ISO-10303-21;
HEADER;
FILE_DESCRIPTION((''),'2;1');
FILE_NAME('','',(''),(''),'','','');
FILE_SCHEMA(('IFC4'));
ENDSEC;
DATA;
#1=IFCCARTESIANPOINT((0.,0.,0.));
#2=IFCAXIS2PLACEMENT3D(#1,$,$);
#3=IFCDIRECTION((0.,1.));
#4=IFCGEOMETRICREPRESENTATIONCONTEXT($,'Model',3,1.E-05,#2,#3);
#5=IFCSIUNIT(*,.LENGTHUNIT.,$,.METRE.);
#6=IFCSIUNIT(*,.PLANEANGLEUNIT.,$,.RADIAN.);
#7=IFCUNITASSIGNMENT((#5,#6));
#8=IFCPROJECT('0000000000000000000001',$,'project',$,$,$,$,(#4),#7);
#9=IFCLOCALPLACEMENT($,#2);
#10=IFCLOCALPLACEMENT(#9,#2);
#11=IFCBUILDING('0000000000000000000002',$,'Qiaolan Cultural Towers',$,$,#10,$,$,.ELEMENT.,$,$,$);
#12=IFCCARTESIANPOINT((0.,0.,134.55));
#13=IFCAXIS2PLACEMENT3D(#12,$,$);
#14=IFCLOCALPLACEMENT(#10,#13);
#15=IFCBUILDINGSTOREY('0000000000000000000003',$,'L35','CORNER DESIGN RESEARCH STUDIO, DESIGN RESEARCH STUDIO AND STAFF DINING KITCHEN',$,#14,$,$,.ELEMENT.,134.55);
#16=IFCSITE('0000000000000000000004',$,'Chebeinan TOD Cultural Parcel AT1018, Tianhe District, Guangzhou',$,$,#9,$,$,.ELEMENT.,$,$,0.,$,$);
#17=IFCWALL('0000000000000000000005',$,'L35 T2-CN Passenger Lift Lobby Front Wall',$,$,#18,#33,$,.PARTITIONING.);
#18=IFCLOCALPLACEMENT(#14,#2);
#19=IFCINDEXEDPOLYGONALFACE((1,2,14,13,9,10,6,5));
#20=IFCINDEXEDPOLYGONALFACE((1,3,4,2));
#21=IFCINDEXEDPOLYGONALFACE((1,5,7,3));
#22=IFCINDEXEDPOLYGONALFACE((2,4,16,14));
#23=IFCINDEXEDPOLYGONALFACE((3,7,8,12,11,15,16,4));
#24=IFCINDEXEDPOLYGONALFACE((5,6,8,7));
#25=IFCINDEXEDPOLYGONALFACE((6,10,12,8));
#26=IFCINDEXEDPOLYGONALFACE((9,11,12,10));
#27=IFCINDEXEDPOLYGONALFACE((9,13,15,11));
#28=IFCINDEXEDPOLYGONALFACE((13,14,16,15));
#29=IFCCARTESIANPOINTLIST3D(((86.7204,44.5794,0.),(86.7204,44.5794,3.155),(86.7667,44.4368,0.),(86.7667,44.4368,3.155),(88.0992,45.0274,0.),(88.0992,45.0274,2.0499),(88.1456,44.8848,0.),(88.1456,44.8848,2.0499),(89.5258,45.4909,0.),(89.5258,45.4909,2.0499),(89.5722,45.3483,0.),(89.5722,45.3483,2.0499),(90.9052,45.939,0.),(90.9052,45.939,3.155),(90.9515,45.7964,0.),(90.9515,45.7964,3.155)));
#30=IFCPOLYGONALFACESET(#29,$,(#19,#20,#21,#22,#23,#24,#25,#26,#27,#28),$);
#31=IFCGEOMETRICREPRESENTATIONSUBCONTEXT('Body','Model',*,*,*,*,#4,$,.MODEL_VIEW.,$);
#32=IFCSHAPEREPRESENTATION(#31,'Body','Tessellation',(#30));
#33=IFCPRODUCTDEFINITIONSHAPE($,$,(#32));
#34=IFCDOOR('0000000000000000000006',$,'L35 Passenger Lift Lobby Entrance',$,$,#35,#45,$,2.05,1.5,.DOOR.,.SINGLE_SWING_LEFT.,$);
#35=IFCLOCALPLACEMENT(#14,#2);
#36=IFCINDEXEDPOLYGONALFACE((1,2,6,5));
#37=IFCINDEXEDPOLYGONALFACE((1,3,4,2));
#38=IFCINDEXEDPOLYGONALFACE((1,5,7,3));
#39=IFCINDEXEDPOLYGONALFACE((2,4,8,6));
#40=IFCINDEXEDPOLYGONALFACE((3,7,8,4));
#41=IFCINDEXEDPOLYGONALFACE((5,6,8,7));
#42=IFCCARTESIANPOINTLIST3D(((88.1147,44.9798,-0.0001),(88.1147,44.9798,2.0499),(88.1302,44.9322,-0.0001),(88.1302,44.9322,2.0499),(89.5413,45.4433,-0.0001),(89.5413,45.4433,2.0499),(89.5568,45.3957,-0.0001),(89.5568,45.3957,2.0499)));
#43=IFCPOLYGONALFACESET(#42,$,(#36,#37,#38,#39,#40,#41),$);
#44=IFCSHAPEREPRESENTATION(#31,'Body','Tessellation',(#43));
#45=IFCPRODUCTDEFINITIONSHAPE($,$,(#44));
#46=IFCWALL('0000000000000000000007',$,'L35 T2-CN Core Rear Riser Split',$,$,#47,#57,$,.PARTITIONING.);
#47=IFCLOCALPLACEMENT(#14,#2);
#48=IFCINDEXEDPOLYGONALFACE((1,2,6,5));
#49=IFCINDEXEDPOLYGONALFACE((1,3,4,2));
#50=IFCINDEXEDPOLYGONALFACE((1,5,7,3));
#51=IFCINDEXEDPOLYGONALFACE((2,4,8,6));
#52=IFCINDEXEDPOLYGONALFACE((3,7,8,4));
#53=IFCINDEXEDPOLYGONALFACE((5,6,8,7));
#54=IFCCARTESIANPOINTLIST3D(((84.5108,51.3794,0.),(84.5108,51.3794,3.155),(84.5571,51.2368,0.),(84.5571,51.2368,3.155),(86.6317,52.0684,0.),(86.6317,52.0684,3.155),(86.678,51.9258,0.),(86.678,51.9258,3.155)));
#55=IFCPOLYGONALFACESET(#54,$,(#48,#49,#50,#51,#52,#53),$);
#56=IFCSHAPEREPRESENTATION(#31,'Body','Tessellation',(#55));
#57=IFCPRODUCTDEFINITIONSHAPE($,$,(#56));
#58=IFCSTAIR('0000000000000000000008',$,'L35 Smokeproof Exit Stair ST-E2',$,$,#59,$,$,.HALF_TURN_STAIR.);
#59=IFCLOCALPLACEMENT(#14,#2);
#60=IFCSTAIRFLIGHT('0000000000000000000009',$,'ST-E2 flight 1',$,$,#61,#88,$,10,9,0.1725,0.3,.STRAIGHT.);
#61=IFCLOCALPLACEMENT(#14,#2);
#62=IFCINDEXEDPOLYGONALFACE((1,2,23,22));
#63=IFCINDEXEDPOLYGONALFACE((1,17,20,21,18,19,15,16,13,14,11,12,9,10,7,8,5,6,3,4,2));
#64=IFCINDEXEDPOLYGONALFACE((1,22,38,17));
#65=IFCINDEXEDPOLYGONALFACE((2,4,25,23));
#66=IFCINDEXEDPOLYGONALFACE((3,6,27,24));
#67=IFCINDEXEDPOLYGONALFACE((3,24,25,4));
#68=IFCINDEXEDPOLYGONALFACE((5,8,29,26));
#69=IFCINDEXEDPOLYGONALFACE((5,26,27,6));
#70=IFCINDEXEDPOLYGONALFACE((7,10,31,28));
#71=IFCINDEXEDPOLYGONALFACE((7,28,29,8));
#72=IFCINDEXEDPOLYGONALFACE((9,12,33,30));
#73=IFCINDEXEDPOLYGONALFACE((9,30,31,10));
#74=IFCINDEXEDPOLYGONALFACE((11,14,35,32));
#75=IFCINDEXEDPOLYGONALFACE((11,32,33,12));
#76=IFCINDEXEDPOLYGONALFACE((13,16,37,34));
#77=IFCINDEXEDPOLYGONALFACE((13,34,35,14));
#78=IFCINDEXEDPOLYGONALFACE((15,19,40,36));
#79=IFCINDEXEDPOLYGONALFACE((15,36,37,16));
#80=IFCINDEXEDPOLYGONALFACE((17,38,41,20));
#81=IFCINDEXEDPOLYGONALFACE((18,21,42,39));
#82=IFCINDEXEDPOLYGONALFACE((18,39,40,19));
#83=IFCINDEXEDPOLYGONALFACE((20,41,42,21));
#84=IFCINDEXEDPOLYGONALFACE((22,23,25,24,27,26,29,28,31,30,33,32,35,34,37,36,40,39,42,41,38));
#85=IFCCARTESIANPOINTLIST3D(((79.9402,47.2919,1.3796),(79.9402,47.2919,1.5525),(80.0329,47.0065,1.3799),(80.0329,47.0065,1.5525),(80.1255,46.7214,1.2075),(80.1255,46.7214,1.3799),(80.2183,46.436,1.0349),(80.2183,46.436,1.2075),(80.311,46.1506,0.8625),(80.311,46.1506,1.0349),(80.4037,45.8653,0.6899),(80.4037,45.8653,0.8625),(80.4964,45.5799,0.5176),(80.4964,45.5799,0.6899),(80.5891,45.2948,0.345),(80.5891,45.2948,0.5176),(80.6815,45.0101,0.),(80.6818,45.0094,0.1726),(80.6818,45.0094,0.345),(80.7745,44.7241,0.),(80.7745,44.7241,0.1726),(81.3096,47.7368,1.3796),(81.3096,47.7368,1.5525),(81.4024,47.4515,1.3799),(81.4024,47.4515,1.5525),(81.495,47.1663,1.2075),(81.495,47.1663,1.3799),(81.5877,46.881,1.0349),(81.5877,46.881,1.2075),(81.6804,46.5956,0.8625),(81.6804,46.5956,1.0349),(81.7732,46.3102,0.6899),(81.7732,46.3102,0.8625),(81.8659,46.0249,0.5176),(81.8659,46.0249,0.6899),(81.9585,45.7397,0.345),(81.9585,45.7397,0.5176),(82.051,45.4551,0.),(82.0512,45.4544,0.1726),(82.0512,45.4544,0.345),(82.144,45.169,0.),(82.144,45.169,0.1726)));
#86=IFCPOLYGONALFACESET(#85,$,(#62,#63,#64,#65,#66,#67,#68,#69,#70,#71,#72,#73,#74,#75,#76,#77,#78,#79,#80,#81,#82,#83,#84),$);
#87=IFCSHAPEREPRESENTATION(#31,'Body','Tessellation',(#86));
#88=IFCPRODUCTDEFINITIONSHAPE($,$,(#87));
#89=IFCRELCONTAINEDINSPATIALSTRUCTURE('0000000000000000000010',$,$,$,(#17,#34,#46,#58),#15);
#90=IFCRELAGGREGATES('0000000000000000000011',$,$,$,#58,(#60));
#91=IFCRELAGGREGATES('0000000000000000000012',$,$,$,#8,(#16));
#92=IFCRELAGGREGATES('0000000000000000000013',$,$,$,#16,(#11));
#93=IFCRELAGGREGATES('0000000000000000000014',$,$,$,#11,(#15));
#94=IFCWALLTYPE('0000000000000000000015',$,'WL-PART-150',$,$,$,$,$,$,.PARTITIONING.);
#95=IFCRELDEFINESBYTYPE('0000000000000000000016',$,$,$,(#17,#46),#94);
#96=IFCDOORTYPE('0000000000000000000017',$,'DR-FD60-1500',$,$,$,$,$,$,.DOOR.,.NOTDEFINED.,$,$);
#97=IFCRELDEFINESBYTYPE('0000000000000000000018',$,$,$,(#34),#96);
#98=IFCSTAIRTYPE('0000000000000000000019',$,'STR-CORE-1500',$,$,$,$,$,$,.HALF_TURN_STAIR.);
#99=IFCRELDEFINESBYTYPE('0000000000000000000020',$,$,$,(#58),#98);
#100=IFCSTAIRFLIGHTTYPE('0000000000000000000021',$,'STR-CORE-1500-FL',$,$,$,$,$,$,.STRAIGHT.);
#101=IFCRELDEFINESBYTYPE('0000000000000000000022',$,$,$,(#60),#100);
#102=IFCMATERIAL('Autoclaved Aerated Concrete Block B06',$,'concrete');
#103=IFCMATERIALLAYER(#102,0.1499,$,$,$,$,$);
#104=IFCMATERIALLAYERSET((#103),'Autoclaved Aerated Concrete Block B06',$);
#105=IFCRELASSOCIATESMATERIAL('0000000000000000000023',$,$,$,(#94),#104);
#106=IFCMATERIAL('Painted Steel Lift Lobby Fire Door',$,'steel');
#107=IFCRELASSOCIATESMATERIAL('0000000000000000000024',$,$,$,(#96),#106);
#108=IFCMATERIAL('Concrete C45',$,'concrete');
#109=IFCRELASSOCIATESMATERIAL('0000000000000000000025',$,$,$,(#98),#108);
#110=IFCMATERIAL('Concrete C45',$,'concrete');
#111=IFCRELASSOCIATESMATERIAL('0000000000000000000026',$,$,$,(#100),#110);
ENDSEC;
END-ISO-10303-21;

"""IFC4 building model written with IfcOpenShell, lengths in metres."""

from ifc_helpers import new_model, si_unit, direction, frame, frame_2d, origin, place, context, subcontext, project, spatial, polyline, rectangle, outline, extrude, material, layer, layer_set, type_object, element, fill, aggregate, save


model = new_model("IFC4")

# Units and contexts
model_context = context("Model", 3, precision=1e-05, world=origin(), true_north=direction((0.0, 1.0)))
body_context = subcontext(model_context, "Body", "Model", "MODEL_VIEW")
ifc_project = project(units=[si_unit("LENGTHUNIT", "METRE"), si_unit("PLANEANGLEUNIT", "RADIAN")], contexts=[model_context])

# Site, building, storey
site_placement = place(None, origin())
site = spatial("IfcSite", under=ifc_project, at=site_placement, Name="Chebeinan TOD Cultural Parcel AT1018, Tianhe District, Guangzhou", CompositionType="ELEMENT", RefElevation=0.0)
building_placement = place(site_placement, origin())
building = spatial("IfcBuilding", under=site, at=building_placement, Name="Qiaolan Cultural Towers", CompositionType="ELEMENT")
storey_placement = place(building_placement, frame((0.0, 0.0, 134.55)))
storey = spatial("IfcBuildingStorey", under=building, at=storey_placement, Name="L35", Description="CORNER DESIGN RESEARCH STUDIO, DESIGN RESEARCH STUDIO AND STAFF DINING KITCHEN", CompositionType="ELEMENT", Elevation=134.55)

# Wall, opening, door
ifc_material_1 = material(Name="Autoclaved Aerated Concrete Block B06", Category="concrete")
ifc_layer_1 = layer(ifc_material_1, 0.1499)
ifc_layer_set_1 = layer_set([ifc_layer_1], Name="Autoclaved Aerated Concrete Block B06")
wall_type_1 = type_object("IfcWallType", Name="WL-PART-150", PredefinedType="PARTITIONING", material=ifc_layer_set_1)
wall_1_placement = place(storey_placement, frame((86.7434, 44.5081, 0.0), z_axis=(0.0, 0.0, 1.0), x_axis=(0.951064, 0.308994, 0.0)))
wall_1 = element("IfcWall", 1, at=wall_1_placement, inside=storey, type_object=wall_type_1, Name="L35 T2-CN Passenger Lift Lobby Front Wall", PredefinedType="PARTITIONING", context=body_context, shape_type="SweptSolid", body=[
    extrude(rectangle(XDim=4.4001, YDim=0.1499, at=frame_2d((2.2002, 0.0))), origin(), (0.0, 0.0, 1.0), 3.155),
])
opening_1_placement = place(wall_1_placement, frame((1.45, 0.0, 0.0)))
opening_1 = element("IfcOpeningElement", 2, at=opening_1_placement, cuts=wall_1, PredefinedType="OPENING", context=body_context, shape_type="SweptSolid", body=[
    extrude(rectangle(XDim=1.5, YDim=2.05, at=frame_2d((0.75, 1.0249))), frame((0.0, 0.085, 0.0), z_axis=(0.0, -1.0, 0.0), x_axis=(1.0, 0.0, 0.0)), (0.0, 0.0, 1.0), 0.1699),
])
ifc_material_2 = material(Name="Painted Steel Lift Lobby Fire Door", Category="steel")
door_type_1 = type_object("IfcDoorType", Name="DR-FD60-1500", OperationType="NOTDEFINED", PredefinedType="DOOR", material=ifc_material_2)
door_1_placement = place(opening_1_placement, origin())
door_1 = element("IfcDoor", 3, at=door_1_placement, inside=storey, type_object=door_type_1, Name="L35 Passenger Lift Lobby Entrance", OperationType="SINGLE_SWING_LEFT", OverallHeight=2.05, OverallWidth=1.5, PredefinedType="DOOR", context=body_context, shape_type="SweptSolid", body=[
    extrude(rectangle(XDim=1.5, YDim=2.05, at=frame_2d((0.75, 1.0249))), frame((0.0, 0.0249, 0.0), z_axis=(0.0, -1.0, 0.0), x_axis=(1.0, 0.0, 0.0)), (0.0, 0.0, 1.0), 0.05),
])
fill(opening_1, door_1)

# Wall
wall_2_placement = place(storey_placement, frame((84.5339, 51.3081, 0.0), z_axis=(0.0, 0.0, 1.0), x_axis=(0.951075, 0.30896, 0.0)))
element("IfcWall", 4, at=wall_2_placement, inside=storey, type_object=wall_type_1, Name="L35 T2-CN Core Rear Riser Split", PredefinedType="PARTITIONING", context=body_context, shape_type="SweptSolid", body=[
    extrude(rectangle(XDim=2.23, YDim=0.1499, at=frame_2d((1.115, 0.0))), origin(), (0.0, 0.0, 1.0), 3.155),
])

# Stair, stair flight
ifc_material_3 = material(Name="Concrete C45", Category="concrete")
stair_type = type_object("IfcStairType", Name="STR-CORE-1500", PredefinedType="HALF_TURN_STAIR", material=ifc_material_3)
stair_placement = place(storey_placement, origin())
stair = element("IfcStair", 5, at=stair_placement, inside=storey, type_object=stair_type, Name="L35 Smokeproof Exit Stair ST-E2", PredefinedType="HALF_TURN_STAIR")
ifc_material_4 = material(Name="Concrete C45", Category="concrete")
stair_flight_type = type_object("IfcStairFlightType", Name="STR-CORE-1500-FL", PredefinedType="STRAIGHT", material=ifc_material_4)
stair_flight_placement = place(storey_placement, frame((81.4592, 44.9465, 0.0), z_axis=(0.0, 0.0, 1.0), x_axis=(-0.309017, 0.951057, 0.0)))
stair_flight = element("IfcStairFlight", 6, at=stair_flight_placement, type_object=stair_flight_type, Name="ST-E2 flight 1", NumberOfRisers=10, NumberOfTreads=9, PredefinedType="STRAIGHT", RiserHeight=0.1725, TreadLength=0.3, context=body_context, shape_type="SweptSolid", body=[
    extrude(outline(polyline([(0.0, 0.0), (0.0, 0.1726), (0.3, 0.1726), (0.3, 0.345), (0.6001, 0.345), (0.6001, 0.5176), (0.8999, 0.5176), (0.8999, 0.6899), (1.2, 0.6899), (1.2, 0.8625), (1.5, 0.8625), (1.5, 1.0349), (1.8, 1.0349), (1.8, 1.2075), (2.1001, 1.2075), (2.1001, 1.3799), (2.3999, 1.3799), (2.3999, 1.5525), (2.7, 1.5525), (2.7, 1.7251), (2.7, 1.3796), (0.3008, 0.0), (0.0, 0.0)])), frame((0.0, 0.72, 0.0), z_axis=(0.0, -1.0, 0.0), x_axis=(1.0, 0.0, 0.0)), (0.0, 0.0, 1.0), 1.4399),
])
aggregate(stair, [stair_flight])

save(model, "model.ifc")
